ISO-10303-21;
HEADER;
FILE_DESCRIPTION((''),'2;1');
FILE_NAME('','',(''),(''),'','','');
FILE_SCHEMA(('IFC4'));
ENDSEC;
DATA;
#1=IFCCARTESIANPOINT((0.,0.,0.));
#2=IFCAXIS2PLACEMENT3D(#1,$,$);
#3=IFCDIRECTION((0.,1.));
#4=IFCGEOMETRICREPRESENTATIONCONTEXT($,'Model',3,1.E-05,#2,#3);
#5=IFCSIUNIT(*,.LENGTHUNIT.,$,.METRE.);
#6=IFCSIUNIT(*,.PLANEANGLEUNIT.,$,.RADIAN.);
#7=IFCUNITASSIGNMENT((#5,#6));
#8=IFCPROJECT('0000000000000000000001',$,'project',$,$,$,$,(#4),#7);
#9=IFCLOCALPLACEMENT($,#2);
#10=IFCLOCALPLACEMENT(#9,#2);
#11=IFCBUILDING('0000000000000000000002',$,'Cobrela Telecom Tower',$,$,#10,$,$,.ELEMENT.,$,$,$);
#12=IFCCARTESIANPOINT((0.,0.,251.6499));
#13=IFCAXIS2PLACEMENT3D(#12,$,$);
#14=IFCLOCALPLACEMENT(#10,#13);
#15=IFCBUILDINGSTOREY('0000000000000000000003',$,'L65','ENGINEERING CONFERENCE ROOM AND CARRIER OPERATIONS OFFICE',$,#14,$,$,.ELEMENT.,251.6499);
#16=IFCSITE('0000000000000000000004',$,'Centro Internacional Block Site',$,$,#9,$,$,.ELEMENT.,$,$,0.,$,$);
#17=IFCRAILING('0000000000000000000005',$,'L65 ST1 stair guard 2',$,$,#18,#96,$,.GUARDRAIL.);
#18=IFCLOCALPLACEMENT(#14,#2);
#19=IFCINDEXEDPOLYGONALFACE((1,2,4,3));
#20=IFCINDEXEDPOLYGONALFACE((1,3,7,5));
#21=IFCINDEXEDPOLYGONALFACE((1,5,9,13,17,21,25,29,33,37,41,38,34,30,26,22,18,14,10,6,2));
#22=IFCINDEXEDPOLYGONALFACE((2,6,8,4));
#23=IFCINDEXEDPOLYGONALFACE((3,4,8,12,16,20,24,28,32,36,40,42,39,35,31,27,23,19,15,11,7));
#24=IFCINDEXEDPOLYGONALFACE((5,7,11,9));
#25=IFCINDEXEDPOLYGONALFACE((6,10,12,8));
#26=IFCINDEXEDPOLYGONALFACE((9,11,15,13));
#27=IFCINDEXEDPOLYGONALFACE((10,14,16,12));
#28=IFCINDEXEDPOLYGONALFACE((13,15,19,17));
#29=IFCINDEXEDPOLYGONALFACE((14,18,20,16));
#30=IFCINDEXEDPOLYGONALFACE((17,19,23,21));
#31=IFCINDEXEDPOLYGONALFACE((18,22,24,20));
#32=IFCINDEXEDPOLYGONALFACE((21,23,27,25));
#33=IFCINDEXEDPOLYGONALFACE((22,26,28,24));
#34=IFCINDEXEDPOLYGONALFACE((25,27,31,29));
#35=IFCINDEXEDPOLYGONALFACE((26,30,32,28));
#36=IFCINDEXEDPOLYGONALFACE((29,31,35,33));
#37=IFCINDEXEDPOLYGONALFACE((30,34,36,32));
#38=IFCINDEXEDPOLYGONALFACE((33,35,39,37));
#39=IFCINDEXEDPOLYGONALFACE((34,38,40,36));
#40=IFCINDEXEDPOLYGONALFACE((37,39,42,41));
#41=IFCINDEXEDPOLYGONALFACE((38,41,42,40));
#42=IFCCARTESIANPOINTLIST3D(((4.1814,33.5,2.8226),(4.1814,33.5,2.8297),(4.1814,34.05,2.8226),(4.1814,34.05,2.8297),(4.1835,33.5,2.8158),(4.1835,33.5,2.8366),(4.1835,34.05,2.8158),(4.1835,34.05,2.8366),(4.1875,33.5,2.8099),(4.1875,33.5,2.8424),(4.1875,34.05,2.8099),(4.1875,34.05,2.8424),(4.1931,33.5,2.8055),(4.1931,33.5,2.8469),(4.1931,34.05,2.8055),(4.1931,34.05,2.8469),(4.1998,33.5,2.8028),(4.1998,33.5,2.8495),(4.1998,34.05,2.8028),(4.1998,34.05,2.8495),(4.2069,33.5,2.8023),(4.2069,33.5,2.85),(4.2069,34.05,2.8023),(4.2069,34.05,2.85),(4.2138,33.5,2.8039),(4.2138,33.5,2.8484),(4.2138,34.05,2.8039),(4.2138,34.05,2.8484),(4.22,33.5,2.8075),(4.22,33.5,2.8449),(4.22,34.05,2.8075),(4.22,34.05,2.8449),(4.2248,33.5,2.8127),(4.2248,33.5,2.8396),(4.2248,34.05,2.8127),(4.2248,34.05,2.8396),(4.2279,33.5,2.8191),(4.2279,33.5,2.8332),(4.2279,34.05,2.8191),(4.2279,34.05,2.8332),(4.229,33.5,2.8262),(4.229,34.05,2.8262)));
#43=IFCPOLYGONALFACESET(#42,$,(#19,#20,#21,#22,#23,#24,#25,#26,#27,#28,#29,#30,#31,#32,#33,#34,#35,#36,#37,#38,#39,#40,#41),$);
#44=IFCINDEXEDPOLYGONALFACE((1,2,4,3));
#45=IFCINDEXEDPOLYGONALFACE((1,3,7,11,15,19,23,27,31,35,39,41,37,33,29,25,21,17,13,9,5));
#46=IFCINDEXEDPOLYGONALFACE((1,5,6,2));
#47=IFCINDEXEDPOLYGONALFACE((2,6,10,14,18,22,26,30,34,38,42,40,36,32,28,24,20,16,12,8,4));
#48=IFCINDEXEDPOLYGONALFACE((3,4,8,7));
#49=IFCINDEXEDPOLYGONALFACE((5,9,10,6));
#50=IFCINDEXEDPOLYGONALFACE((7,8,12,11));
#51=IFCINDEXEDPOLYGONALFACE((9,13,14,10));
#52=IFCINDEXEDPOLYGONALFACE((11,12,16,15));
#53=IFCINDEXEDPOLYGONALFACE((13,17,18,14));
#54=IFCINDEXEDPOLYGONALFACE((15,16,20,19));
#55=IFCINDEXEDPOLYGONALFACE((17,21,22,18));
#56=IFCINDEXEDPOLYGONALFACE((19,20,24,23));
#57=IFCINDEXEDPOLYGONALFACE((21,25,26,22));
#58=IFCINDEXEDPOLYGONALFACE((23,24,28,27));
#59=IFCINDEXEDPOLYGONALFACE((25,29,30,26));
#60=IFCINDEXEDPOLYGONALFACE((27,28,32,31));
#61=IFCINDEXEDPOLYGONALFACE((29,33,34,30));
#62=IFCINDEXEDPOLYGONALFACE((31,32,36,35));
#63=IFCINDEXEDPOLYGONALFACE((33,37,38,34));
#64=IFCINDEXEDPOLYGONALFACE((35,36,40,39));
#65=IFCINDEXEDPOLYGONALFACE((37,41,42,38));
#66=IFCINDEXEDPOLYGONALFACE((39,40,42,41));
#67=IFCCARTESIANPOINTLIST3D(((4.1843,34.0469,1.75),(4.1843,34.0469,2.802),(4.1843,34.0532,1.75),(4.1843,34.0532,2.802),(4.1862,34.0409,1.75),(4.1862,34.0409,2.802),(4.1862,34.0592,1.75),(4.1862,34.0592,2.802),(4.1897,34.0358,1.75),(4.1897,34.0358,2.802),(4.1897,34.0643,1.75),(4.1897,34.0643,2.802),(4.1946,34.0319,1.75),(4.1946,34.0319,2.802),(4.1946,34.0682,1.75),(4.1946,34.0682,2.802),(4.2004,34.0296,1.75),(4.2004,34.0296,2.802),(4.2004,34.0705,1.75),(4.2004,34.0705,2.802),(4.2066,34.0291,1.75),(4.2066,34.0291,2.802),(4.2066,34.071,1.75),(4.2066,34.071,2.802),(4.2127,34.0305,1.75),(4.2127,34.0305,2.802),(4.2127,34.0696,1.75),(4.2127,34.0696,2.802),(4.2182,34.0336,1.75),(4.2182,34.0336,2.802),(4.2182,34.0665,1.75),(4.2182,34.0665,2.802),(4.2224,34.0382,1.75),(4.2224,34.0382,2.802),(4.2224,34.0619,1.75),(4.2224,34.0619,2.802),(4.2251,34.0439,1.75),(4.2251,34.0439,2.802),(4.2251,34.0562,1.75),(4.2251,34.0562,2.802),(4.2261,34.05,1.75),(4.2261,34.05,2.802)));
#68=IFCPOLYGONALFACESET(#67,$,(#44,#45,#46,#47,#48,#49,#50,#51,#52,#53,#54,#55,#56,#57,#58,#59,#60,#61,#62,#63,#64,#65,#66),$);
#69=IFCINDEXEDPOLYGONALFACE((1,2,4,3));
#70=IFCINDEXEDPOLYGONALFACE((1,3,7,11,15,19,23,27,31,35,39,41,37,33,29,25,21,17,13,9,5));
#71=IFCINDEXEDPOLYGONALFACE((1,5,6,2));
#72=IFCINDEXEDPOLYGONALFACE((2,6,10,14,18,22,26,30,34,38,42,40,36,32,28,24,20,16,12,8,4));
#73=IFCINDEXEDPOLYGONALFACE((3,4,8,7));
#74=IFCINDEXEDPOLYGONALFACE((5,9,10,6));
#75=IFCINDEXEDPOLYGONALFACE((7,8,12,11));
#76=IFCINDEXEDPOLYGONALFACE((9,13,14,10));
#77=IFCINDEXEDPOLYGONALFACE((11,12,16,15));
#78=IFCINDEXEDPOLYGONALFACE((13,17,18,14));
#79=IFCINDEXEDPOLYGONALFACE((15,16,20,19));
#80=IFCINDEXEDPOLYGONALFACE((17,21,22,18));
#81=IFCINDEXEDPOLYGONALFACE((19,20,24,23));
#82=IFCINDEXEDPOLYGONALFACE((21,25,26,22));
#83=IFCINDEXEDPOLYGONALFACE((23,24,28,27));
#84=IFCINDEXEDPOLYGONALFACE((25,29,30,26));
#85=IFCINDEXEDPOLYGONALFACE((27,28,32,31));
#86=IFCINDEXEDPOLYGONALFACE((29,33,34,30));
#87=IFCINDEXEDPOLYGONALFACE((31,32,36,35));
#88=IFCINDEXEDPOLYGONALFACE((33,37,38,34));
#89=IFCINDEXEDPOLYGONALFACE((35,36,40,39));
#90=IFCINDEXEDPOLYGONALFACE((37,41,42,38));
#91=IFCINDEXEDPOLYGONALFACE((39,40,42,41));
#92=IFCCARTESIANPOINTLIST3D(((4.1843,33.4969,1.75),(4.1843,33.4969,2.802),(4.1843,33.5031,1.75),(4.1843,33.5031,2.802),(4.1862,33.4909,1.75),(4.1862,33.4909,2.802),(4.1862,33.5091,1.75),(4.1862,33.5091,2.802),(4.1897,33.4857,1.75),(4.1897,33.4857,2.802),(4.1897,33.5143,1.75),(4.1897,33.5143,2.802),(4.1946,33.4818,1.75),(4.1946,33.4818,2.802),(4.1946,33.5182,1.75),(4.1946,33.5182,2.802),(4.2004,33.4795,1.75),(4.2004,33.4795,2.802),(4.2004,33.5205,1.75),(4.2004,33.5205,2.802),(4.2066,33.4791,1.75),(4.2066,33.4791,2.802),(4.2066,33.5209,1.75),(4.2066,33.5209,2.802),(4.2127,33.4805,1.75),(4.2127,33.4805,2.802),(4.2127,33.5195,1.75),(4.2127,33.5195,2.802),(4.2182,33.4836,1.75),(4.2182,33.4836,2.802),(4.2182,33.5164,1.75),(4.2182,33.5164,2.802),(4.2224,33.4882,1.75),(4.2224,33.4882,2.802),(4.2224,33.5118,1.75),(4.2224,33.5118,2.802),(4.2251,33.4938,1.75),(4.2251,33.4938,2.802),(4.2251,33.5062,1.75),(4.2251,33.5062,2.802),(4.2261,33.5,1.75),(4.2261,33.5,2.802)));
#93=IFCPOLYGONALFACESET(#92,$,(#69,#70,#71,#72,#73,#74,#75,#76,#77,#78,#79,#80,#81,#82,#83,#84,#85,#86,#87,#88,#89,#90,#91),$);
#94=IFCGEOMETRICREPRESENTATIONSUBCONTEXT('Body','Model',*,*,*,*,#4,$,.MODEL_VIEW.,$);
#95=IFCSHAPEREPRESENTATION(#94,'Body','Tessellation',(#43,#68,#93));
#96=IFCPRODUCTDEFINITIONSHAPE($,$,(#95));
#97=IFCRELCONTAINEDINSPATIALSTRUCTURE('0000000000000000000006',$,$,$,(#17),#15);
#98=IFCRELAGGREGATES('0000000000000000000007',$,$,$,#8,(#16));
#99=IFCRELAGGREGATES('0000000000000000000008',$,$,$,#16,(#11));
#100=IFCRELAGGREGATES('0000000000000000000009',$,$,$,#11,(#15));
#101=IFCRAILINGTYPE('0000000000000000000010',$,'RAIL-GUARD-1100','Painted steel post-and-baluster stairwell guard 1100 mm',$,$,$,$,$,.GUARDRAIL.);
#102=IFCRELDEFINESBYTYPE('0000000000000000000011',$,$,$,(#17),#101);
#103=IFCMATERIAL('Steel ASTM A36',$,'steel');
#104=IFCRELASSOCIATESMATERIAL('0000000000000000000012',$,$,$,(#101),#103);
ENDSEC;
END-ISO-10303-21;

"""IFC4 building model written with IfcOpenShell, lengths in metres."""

from ifc_helpers import new_model, si_unit, direction, frame, origin, origin_2d, place, context, subcontext, project, spatial, circle, extrude, material, type_object, element, save


model = new_model("IFC4")

# Units and contexts
model_context = context("Model", 3, precision=1e-05, world=origin(), true_north=direction((0.0, 1.0)))
body_context = subcontext(model_context, "Body", "Model", "MODEL_VIEW")
ifc_project = project(units=[si_unit("LENGTHUNIT", "METRE"), si_unit("PLANEANGLEUNIT", "RADIAN")], contexts=[model_context])

# Site, building, storey
site_placement = place(None, origin())
site = spatial("IfcSite", under=ifc_project, at=site_placement, Name="Centro Internacional Block Site", CompositionType="ELEMENT", RefElevation=0.0)
building_placement = place(site_placement, origin())
building = spatial("IfcBuilding", under=site, at=building_placement, Name="Cobrela Telecom Tower", CompositionType="ELEMENT")
storey_placement = place(building_placement, frame((0.0, 0.0, 251.6499)))
storey = spatial("IfcBuildingStorey", under=building, at=storey_placement, Name="L65", Description="ENGINEERING CONFERENCE ROOM AND CARRIER OPERATIONS OFFICE", CompositionType="ELEMENT", Elevation=251.6499)

# Shared definitions
ifc_material_1 = material(Name="Steel ASTM A36", Category="steel")

# Railing
railing_type_1 = type_object("IfcRailingType", Name="RAIL-GUARD-1100", Description="Painted steel post-and-baluster stairwell guard 1100 mm", PredefinedType="GUARDRAIL", material=ifc_material_1)
railing_1_placement = place(storey_placement, frame((4.2051, 34.05, 1.75)))
element("IfcRailing", 1, at=railing_1_placement, inside=storey, type_object=railing_type_1, Name="L65 ST1 stair guard 2", PredefinedType="GUARDRAIL", context=body_context, shape_type="SweptSolid", body=[
    extrude(circle(Radius=0.0239, at=origin_2d()), frame((0.0, 0.0, 1.0762), z_axis=(0.0, -1.0, 0.0), x_axis=(1.0, 0.0, 0.0)), (0.0, 0.0, 1.0), 0.55),
    extrude(circle(Radius=0.021, at=origin_2d()), origin(), (0.0, 0.0, 1.0), 1.052),
    extrude(circle(Radius=0.021, at=origin_2d()), frame((0.0, -0.55, 0.0)), (0.0, 0.0, 1.0), 1.052),
])

save(model, "model.ifc")
